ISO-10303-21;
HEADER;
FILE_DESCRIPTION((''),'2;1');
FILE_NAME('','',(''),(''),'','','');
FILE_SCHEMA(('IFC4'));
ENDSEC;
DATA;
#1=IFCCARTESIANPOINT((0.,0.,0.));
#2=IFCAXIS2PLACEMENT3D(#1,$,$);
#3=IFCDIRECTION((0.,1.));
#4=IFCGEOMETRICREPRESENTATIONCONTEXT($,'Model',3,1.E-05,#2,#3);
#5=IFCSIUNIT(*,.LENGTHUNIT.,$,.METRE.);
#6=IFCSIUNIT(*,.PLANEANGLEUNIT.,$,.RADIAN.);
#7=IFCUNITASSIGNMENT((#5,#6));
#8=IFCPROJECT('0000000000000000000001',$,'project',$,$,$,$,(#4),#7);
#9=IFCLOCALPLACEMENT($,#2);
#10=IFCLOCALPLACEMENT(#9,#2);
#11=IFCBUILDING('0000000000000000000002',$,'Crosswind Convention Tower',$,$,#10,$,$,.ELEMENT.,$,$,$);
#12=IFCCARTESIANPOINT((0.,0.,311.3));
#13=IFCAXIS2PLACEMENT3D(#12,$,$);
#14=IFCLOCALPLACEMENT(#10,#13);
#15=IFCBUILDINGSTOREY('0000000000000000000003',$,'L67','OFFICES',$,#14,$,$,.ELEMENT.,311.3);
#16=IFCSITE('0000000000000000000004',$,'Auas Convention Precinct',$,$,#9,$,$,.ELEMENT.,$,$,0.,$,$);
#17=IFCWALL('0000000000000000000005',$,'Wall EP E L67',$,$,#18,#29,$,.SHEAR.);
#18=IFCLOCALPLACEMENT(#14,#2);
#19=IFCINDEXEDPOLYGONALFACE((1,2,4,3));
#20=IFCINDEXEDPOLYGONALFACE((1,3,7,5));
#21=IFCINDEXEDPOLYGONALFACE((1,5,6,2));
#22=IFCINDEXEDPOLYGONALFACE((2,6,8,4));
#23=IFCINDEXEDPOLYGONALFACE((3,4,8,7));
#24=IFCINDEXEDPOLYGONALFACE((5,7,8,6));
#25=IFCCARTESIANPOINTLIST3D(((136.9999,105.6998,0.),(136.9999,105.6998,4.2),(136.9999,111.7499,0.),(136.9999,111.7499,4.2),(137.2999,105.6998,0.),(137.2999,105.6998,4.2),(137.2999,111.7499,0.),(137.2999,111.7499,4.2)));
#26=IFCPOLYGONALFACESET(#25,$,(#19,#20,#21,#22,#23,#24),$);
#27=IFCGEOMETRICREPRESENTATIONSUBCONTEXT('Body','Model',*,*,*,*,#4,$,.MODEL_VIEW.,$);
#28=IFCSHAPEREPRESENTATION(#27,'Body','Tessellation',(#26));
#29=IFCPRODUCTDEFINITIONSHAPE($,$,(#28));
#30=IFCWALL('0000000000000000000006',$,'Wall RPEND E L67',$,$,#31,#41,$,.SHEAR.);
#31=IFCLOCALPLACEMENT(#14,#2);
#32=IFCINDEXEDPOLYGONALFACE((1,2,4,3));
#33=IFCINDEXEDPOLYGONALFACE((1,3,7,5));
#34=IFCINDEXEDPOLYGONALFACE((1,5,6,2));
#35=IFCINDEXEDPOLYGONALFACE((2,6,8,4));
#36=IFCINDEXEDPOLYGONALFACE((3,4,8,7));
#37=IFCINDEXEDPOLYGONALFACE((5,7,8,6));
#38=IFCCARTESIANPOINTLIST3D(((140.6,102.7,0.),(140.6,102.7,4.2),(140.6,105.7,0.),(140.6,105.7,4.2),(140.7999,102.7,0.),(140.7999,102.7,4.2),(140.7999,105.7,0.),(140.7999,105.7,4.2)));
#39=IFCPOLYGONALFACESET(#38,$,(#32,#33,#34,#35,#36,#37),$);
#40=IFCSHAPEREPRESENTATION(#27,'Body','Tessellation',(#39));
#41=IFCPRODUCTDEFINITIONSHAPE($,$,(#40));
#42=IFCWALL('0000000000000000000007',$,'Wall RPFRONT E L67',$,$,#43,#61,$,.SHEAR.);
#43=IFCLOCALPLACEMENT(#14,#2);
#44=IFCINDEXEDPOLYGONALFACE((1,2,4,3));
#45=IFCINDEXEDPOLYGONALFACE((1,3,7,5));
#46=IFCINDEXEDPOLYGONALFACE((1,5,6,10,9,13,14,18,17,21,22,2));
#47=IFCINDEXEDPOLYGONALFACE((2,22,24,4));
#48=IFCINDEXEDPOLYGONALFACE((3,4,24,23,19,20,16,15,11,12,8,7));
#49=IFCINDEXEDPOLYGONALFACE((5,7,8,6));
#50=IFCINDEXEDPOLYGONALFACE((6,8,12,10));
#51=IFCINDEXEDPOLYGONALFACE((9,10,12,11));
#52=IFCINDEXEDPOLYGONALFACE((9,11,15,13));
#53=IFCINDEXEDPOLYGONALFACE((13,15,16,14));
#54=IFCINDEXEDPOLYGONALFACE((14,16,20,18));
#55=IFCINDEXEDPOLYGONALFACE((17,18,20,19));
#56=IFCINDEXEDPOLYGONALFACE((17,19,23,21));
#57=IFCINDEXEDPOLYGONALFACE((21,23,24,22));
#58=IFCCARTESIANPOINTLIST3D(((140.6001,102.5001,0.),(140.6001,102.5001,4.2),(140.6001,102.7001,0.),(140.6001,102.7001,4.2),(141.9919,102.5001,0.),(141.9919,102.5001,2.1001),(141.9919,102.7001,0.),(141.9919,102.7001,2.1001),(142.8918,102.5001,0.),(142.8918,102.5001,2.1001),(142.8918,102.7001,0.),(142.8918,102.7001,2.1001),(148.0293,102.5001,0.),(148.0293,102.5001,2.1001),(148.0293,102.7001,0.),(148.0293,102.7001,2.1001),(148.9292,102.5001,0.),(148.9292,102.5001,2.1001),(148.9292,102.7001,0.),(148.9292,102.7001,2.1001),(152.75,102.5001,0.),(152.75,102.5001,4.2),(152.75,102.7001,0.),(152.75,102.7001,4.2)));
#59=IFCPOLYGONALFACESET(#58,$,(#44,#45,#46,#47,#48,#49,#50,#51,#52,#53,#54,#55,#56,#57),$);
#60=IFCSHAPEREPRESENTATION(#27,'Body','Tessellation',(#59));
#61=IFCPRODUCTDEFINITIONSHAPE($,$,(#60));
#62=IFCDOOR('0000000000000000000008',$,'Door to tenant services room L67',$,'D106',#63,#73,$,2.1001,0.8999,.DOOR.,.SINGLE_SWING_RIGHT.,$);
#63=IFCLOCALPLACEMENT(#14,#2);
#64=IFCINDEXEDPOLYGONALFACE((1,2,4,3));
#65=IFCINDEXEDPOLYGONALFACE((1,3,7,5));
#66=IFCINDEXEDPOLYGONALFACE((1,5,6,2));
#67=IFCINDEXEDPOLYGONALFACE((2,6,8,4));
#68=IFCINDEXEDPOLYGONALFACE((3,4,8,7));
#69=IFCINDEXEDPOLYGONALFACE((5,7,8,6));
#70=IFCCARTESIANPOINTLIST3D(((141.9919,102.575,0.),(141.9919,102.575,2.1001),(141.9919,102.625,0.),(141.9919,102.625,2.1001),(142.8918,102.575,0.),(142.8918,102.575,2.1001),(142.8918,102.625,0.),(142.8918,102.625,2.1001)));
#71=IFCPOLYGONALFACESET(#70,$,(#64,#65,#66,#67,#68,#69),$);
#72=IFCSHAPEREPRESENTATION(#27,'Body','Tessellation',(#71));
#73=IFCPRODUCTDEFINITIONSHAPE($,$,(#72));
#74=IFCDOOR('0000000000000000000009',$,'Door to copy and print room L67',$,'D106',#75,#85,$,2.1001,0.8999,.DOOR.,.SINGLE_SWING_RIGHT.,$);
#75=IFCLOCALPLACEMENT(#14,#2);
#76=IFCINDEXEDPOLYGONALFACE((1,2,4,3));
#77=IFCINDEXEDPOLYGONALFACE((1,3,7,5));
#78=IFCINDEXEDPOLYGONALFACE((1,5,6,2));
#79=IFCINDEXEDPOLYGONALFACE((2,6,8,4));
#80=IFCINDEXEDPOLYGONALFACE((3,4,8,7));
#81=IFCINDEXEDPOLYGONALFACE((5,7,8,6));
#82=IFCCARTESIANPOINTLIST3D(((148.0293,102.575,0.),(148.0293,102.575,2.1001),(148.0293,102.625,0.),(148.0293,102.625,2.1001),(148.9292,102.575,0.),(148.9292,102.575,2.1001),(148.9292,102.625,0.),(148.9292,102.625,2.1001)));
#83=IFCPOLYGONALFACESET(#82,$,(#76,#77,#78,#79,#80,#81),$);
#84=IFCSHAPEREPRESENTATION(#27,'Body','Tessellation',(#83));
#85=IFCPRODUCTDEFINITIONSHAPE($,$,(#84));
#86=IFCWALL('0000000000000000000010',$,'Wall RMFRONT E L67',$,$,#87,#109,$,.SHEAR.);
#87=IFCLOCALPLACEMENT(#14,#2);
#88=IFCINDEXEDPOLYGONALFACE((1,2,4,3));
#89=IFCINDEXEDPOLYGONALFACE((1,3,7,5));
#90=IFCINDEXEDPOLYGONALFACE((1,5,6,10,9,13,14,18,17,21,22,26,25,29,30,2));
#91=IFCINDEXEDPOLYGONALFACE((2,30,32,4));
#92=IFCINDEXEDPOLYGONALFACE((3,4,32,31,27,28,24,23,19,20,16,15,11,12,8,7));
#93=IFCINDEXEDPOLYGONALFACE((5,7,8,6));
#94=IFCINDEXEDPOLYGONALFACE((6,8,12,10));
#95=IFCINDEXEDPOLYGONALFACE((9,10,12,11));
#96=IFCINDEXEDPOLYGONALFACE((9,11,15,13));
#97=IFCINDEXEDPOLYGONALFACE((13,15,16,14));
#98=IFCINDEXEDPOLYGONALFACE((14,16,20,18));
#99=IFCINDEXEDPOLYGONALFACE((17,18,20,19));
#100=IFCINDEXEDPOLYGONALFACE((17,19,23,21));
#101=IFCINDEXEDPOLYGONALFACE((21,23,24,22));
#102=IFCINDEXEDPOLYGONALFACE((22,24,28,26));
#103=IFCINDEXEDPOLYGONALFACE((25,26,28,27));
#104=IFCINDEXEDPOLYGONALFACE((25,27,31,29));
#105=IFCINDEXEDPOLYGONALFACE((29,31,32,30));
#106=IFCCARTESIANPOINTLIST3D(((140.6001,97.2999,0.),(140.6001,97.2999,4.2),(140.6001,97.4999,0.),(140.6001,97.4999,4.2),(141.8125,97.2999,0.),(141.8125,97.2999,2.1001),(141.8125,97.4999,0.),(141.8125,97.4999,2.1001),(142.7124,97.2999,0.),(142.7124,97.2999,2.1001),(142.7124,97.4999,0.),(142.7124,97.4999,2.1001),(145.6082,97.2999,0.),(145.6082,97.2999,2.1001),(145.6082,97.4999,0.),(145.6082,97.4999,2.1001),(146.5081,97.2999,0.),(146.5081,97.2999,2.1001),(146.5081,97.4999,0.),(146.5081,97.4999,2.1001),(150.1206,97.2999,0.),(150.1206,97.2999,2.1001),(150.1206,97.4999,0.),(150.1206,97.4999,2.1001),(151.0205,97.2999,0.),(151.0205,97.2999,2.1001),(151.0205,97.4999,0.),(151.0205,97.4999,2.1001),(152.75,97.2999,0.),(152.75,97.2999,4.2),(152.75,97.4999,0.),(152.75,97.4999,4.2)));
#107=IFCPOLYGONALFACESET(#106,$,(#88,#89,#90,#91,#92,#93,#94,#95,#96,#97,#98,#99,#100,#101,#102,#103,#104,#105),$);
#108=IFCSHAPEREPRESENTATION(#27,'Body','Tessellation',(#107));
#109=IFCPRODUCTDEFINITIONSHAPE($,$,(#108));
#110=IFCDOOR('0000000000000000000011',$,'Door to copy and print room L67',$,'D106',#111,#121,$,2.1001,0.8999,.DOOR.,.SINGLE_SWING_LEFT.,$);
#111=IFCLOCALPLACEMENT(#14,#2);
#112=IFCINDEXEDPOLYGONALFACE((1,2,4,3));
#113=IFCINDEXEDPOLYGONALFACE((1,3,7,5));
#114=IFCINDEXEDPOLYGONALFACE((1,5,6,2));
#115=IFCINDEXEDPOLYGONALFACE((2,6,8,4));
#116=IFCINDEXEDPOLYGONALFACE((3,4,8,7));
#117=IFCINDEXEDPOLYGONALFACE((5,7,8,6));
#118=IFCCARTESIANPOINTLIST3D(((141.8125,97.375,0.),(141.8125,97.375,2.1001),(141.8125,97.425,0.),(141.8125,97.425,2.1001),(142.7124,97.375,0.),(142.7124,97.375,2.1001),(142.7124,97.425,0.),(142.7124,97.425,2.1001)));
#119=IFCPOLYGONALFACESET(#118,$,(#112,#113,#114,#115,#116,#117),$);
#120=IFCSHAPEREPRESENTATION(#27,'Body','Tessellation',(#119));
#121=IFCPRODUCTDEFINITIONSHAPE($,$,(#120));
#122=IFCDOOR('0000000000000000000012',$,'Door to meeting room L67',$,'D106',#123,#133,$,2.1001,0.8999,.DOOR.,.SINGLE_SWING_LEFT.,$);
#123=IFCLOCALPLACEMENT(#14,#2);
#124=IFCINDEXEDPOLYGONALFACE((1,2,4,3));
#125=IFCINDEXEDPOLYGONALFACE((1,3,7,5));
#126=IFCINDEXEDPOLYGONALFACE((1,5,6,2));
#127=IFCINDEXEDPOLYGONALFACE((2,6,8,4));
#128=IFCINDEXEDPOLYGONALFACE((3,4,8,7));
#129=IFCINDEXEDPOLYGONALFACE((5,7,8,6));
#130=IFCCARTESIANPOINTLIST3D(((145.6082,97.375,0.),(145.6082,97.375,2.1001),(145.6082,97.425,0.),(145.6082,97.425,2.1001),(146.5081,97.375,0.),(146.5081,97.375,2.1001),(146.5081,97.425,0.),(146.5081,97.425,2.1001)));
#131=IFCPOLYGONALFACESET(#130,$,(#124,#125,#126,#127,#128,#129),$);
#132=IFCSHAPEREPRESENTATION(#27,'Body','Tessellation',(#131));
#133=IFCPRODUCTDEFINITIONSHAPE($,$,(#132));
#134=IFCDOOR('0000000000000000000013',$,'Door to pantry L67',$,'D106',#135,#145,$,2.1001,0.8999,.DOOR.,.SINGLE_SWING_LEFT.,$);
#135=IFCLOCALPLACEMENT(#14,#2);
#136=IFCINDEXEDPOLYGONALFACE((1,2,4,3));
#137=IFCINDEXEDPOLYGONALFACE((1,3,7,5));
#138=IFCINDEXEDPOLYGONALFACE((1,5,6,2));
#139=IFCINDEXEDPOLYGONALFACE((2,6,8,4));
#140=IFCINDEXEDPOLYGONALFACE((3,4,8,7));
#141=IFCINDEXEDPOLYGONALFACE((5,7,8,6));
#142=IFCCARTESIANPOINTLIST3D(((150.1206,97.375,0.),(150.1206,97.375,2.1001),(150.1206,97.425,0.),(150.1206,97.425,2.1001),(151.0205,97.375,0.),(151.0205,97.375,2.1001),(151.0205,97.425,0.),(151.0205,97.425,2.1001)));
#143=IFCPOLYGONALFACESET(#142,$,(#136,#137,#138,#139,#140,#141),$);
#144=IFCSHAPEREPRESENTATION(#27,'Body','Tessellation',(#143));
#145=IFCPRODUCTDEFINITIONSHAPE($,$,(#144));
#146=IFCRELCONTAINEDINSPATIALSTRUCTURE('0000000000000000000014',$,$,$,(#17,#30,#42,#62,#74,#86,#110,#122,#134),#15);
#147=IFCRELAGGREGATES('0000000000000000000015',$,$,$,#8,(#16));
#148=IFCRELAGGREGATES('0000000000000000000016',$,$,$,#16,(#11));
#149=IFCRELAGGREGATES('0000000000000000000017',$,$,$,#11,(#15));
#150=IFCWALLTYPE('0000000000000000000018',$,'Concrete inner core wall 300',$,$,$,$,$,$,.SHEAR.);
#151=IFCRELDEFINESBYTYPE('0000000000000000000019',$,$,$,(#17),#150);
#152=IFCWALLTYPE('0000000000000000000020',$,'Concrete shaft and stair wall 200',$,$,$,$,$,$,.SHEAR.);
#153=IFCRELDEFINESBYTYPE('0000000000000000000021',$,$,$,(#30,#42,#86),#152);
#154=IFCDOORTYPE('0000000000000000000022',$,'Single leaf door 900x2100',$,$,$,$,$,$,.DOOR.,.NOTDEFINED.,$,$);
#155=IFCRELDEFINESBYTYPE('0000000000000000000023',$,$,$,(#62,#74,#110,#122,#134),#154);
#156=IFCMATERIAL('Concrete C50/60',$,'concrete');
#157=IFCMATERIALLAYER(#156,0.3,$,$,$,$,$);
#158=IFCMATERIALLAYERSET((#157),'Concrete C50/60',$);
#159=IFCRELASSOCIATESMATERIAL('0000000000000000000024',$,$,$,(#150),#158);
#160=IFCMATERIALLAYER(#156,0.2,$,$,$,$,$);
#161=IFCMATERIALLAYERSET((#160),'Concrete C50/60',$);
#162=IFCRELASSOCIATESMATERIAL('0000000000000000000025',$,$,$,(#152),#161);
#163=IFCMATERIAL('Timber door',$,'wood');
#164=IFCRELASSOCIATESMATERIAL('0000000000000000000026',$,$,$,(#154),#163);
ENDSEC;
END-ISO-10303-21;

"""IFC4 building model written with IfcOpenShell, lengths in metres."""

from ifc_helpers import new_model, si_unit, direction, frame, frame_2d, origin, place, context, subcontext, project, spatial, rectangle, extrude, material, layer, layer_set, type_object, element, fill, save


model = new_model("IFC4")

# Units and contexts
model_context = context("Model", 3, precision=1e-05, world=origin(), true_north=direction((0.0, 1.0)))
body_context = subcontext(model_context, "Body", "Model", "MODEL_VIEW")
ifc_project = project(units=[si_unit("LENGTHUNIT", "METRE"), si_unit("PLANEANGLEUNIT", "RADIAN")], contexts=[model_context])

# Site, building, storey
site_placement = place(None, origin())
site = spatial("IfcSite", under=ifc_project, at=site_placement, Name="Auas Convention Precinct", CompositionType="ELEMENT", RefElevation=0.0)
building_placement = place(site_placement, origin())
building = spatial("IfcBuilding", under=site, at=building_placement, Name="Crosswind Convention Tower", CompositionType="ELEMENT")
storey_placement = place(building_placement, frame((0.0, 0.0, 311.3)))
storey = spatial("IfcBuildingStorey", under=building, at=storey_placement, Name="L67", Description="OFFICES", CompositionType="ELEMENT", Elevation=311.3)

# Walls
ifc_material_1 = material(Name="Concrete C50/60", Category="concrete")
ifc_layer_1 = layer(ifc_material_1, 0.3)
ifc_layer_set_1 = layer_set([ifc_layer_1], Name="Concrete C50/60")
wall_type_1 = type_object("IfcWallType", Name="Concrete inner core wall 300", PredefinedType="SHEAR", material=ifc_layer_set_1)
wall_1_placement = place(storey_placement, frame((137.1499, 105.7, 0.0), z_axis=(0.0, 0.0, 1.0), x_axis=(0.0, 1.0, 0.0)))
element("IfcWall", 1, at=wall_1_placement, inside=storey, type_object=wall_type_1, Name="Wall EP E L67", PredefinedType="SHEAR", context=body_context, shape_type="SweptSolid", body=[
    extrude(rectangle(XDim=6.05, YDim=0.3, at=frame_2d((3.0249, 0.0))), origin(), (0.0, 0.0, 1.0), 4.2),
])
ifc_layer_2 = layer(ifc_material_1, 0.2)
ifc_layer_set_2 = layer_set([ifc_layer_2], Name="Concrete C50/60")
wall_type_2 = type_object("IfcWallType", Name="Concrete shaft and stair wall 200", PredefinedType="SHEAR", material=ifc_layer_set_2)
wall_2_placement = place(storey_placement, frame((140.7, 102.7, 0.0), z_axis=(0.0, 0.0, 1.0), x_axis=(0.0, 1.0, 0.0)))
element("IfcWall", 2, at=wall_2_placement, inside=storey, type_object=wall_type_2, Name="Wall RPEND E L67", PredefinedType="SHEAR", context=body_context, shape_type="SweptSolid", body=[
    extrude(rectangle(XDim=3.0, YDim=0.2, at=frame_2d((1.5, 0.0))), origin(), (0.0, 0.0, 1.0), 4.2),
])

# Walls, openings, doors
wall_3_placement = place(storey_placement, frame((140.6001, 102.6001, 0.0), z_axis=(0.0, 0.0, 1.0), x_axis=(1.0, 0.0, 0.0)))
wall_3 = element("IfcWall", 3, at=wall_3_placement, inside=storey, type_object=wall_type_2, Name="Wall RPFRONT E L67", PredefinedType="SHEAR", context=body_context, shape_type="SweptSolid", body=[
    extrude(rectangle(XDim=12.1499, YDim=0.2, at=frame_2d((6.075, 0.0))), origin(), (0.0, 0.0, 1.0), 4.2),
])
opening_1_placement = place(wall_3_placement, frame((1.3918, 0.0, 0.0)))
opening_1 = element("IfcOpeningElement", 4, at=opening_1_placement, cuts=wall_3, PredefinedType="OPENING", context=body_context, shape_type="SweptSolid", body=[
    extrude(rectangle(XDim=0.8999, YDim=2.1001, at=frame_2d((0.45, 1.05))), frame((0.0, 0.1099, 0.0), z_axis=(0.0, -1.0, 0.0), x_axis=(1.0, 0.0, 0.0)), (0.0, 0.0, 1.0), 0.22),
])
opening_2_placement = place(wall_3_placement, frame((7.4292, 0.0, 0.0)))
opening_2 = element("IfcOpeningElement", 5, at=opening_2_placement, cuts=wall_3, PredefinedType="OPENING", context=body_context, shape_type="SweptSolid", body=[
    extrude(rectangle(XDim=0.8999, YDim=2.1001, at=frame_2d((0.45, 1.05))), frame((0.0, 0.1099, 0.0), z_axis=(0.0, -1.0, 0.0), x_axis=(1.0, 0.0, 0.0)), (0.0, 0.0, 1.0), 0.22),
])
ifc_material_2 = material(Name="Timber door", Category="wood")
door_type_1 = type_object("IfcDoorType", Name="Single leaf door 900x2100", OperationType="NOTDEFINED", PredefinedType="DOOR", material=ifc_material_2)
door_1_placement = place(opening_1_placement, origin())
door_1 = element("IfcDoor", 6, at=door_1_placement, inside=storey, type_object=door_type_1, Name="Door to tenant services room L67", ObjectType="D106", OperationType="SINGLE_SWING_RIGHT", OverallHeight=2.1001, OverallWidth=0.8999, PredefinedType="DOOR", context=body_context, shape_type="SweptSolid", body=[
    extrude(rectangle(XDim=0.8999, YDim=2.1001, at=frame_2d((0.45, 1.05))), frame((0.0, 0.0249, 0.0), z_axis=(0.0, -1.0, 0.0), x_axis=(1.0, 0.0, 0.0)), (0.0, 0.0, 1.0), 0.05),
])
fill(opening_1, door_1)
door_2_placement = place(opening_2_placement, origin())
door_2 = element("IfcDoor", 7, at=door_2_placement, inside=storey, type_object=door_type_1, Name="Door to copy and print room L67", ObjectType="D106", OperationType="SINGLE_SWING_RIGHT", OverallHeight=2.1001, OverallWidth=0.8999, PredefinedType="DOOR", context=body_context, shape_type="SweptSolid", body=[
    extrude(rectangle(XDim=0.8999, YDim=2.1001, at=frame_2d((0.45, 1.05))), frame((0.0, 0.0249, 0.0), z_axis=(0.0, -1.0, 0.0), x_axis=(1.0, 0.0, 0.0)), (0.0, 0.0, 1.0), 0.05),
])
fill(opening_2, door_2)
wall_4_placement = place(storey_placement, frame((140.6001, 97.3999, 0.0), z_axis=(0.0, 0.0, 1.0), x_axis=(1.0, 0.0, 0.0)))
wall_4 = element("IfcWall", 8, at=wall_4_placement, inside=storey, type_object=wall_type_2, Name="Wall RMFRONT E L67", PredefinedType="SHEAR", context=body_context, shape_type="SweptSolid", body=[
    extrude(rectangle(XDim=12.1499, YDim=0.2, at=frame_2d((6.075, 0.0))), origin(), (0.0, 0.0, 1.0), 4.2),
])
opening_3_placement = place(wall_4_placement, frame((1.2124, 0.0, 0.0)))
opening_3 = element("IfcOpeningElement", 9, at=opening_3_placement, cuts=wall_4, PredefinedType="OPENING", context=body_context, shape_type="SweptSolid", body=[
    extrude(rectangle(XDim=0.8999, YDim=2.1001, at=frame_2d((0.45, 1.05))), frame((0.0, 0.1099, 0.0), z_axis=(0.0, -1.0, 0.0), x_axis=(1.0, 0.0, 0.0)), (0.0, 0.0, 1.0), 0.22),
])
opening_4_placement = place(wall_4_placement, frame((5.0081, 0.0, 0.0)))
opening_4 = element("IfcOpeningElement", 10, at=opening_4_placement, cuts=wall_4, PredefinedType="OPENING", context=body_context, shape_type="SweptSolid", body=[
    extrude(rectangle(XDim=0.8999, YDim=2.1001, at=frame_2d((0.45, 1.05))), frame((0.0, 0.1099, 0.0), z_axis=(0.0, -1.0, 0.0), x_axis=(1.0, 0.0, 0.0)), (0.0, 0.0, 1.0), 0.22),
])
opening_5_placement = place(wall_4_placement, frame((9.5205, 0.0, 0.0)))
opening_5 = element("IfcOpeningElement", 11, at=opening_5_placement, cuts=wall_4, PredefinedType="OPENING", context=body_context, shape_type="SweptSolid", body=[
    extrude(rectangle(XDim=0.8999, YDim=2.1001, at=frame_2d((0.45, 1.05))), frame((0.0, 0.1099, 0.0), z_axis=(0.0, -1.0, 0.0), x_axis=(1.0, 0.0, 0.0)), (0.0, 0.0, 1.0), 0.22),
])
door_3_placement = place(opening_3_placement, frame((0.8999, 0.0, 0.0), z_axis=(0.0, 0.0, 1.0), x_axis=(-1.0, 0.0, 0.0)))
door_3 = element("IfcDoor", 12, at=door_3_placement, inside=storey, type_object=door_type_1, Name="Door to copy and print room L67", ObjectType="D106", OperationType="SINGLE_SWING_LEFT", OverallHeight=2.1001, OverallWidth=0.8999, PredefinedType="DOOR", context=body_context, shape_type="SweptSolid", body=[
    extrude(rectangle(XDim=0.8999, YDim=2.1001, at=frame_2d((0.45, 1.05))), frame((0.0, 0.0249, 0.0), z_axis=(0.0, -1.0, 0.0), x_axis=(1.0, 0.0, 0.0)), (0.0, 0.0, 1.0), 0.05),
])
fill(opening_3, door_3)
door_4_placement = place(opening_4_placement, frame((0.8999, 0.0, 0.0), z_axis=(0.0, 0.0, 1.0), x_axis=(-1.0, 0.0, 0.0)))
door_4 = element("IfcDoor", 13, at=door_4_placement, inside=storey, type_object=door_type_1, Name="Door to meeting room L67", ObjectType="D106", OperationType="SINGLE_SWING_LEFT", OverallHeight=2.1001, OverallWidth=0.8999, PredefinedType="DOOR", context=body_context, shape_type="SweptSolid", body=[
    extrude(rectangle(XDim=0.8999, YDim=2.1001, at=frame_2d((0.45, 1.05))), frame((0.0, 0.0249, 0.0), z_axis=(0.0, -1.0, 0.0), x_axis=(1.0, 0.0, 0.0)), (0.0, 0.0, 1.0), 0.05),
])
fill(opening_4, door_4)
door_5_placement = place(opening_5_placement, frame((0.8999, 0.0, 0.0), z_axis=(0.0, 0.0, 1.0), x_axis=(-1.0, 0.0, 0.0)))
door_5 = element("IfcDoor", 14, at=door_5_placement, inside=storey, type_object=door_type_1, Name="Door to pantry L67", ObjectType="D106", OperationType="SINGLE_SWING_LEFT", OverallHeight=2.1001, OverallWidth=0.8999, PredefinedType="DOOR", context=body_context, shape_type="SweptSolid", body=[
    extrude(rectangle(XDim=0.8999, YDim=2.1001, at=frame_2d((0.45, 1.05))), frame((0.0, 0.0249, 0.0), z_axis=(0.0, -1.0, 0.0), x_axis=(1.0, 0.0, 0.0)), (0.0, 0.0, 1.0), 0.05),
])
fill(opening_5, door_5)

save(model, "model.ifc")
